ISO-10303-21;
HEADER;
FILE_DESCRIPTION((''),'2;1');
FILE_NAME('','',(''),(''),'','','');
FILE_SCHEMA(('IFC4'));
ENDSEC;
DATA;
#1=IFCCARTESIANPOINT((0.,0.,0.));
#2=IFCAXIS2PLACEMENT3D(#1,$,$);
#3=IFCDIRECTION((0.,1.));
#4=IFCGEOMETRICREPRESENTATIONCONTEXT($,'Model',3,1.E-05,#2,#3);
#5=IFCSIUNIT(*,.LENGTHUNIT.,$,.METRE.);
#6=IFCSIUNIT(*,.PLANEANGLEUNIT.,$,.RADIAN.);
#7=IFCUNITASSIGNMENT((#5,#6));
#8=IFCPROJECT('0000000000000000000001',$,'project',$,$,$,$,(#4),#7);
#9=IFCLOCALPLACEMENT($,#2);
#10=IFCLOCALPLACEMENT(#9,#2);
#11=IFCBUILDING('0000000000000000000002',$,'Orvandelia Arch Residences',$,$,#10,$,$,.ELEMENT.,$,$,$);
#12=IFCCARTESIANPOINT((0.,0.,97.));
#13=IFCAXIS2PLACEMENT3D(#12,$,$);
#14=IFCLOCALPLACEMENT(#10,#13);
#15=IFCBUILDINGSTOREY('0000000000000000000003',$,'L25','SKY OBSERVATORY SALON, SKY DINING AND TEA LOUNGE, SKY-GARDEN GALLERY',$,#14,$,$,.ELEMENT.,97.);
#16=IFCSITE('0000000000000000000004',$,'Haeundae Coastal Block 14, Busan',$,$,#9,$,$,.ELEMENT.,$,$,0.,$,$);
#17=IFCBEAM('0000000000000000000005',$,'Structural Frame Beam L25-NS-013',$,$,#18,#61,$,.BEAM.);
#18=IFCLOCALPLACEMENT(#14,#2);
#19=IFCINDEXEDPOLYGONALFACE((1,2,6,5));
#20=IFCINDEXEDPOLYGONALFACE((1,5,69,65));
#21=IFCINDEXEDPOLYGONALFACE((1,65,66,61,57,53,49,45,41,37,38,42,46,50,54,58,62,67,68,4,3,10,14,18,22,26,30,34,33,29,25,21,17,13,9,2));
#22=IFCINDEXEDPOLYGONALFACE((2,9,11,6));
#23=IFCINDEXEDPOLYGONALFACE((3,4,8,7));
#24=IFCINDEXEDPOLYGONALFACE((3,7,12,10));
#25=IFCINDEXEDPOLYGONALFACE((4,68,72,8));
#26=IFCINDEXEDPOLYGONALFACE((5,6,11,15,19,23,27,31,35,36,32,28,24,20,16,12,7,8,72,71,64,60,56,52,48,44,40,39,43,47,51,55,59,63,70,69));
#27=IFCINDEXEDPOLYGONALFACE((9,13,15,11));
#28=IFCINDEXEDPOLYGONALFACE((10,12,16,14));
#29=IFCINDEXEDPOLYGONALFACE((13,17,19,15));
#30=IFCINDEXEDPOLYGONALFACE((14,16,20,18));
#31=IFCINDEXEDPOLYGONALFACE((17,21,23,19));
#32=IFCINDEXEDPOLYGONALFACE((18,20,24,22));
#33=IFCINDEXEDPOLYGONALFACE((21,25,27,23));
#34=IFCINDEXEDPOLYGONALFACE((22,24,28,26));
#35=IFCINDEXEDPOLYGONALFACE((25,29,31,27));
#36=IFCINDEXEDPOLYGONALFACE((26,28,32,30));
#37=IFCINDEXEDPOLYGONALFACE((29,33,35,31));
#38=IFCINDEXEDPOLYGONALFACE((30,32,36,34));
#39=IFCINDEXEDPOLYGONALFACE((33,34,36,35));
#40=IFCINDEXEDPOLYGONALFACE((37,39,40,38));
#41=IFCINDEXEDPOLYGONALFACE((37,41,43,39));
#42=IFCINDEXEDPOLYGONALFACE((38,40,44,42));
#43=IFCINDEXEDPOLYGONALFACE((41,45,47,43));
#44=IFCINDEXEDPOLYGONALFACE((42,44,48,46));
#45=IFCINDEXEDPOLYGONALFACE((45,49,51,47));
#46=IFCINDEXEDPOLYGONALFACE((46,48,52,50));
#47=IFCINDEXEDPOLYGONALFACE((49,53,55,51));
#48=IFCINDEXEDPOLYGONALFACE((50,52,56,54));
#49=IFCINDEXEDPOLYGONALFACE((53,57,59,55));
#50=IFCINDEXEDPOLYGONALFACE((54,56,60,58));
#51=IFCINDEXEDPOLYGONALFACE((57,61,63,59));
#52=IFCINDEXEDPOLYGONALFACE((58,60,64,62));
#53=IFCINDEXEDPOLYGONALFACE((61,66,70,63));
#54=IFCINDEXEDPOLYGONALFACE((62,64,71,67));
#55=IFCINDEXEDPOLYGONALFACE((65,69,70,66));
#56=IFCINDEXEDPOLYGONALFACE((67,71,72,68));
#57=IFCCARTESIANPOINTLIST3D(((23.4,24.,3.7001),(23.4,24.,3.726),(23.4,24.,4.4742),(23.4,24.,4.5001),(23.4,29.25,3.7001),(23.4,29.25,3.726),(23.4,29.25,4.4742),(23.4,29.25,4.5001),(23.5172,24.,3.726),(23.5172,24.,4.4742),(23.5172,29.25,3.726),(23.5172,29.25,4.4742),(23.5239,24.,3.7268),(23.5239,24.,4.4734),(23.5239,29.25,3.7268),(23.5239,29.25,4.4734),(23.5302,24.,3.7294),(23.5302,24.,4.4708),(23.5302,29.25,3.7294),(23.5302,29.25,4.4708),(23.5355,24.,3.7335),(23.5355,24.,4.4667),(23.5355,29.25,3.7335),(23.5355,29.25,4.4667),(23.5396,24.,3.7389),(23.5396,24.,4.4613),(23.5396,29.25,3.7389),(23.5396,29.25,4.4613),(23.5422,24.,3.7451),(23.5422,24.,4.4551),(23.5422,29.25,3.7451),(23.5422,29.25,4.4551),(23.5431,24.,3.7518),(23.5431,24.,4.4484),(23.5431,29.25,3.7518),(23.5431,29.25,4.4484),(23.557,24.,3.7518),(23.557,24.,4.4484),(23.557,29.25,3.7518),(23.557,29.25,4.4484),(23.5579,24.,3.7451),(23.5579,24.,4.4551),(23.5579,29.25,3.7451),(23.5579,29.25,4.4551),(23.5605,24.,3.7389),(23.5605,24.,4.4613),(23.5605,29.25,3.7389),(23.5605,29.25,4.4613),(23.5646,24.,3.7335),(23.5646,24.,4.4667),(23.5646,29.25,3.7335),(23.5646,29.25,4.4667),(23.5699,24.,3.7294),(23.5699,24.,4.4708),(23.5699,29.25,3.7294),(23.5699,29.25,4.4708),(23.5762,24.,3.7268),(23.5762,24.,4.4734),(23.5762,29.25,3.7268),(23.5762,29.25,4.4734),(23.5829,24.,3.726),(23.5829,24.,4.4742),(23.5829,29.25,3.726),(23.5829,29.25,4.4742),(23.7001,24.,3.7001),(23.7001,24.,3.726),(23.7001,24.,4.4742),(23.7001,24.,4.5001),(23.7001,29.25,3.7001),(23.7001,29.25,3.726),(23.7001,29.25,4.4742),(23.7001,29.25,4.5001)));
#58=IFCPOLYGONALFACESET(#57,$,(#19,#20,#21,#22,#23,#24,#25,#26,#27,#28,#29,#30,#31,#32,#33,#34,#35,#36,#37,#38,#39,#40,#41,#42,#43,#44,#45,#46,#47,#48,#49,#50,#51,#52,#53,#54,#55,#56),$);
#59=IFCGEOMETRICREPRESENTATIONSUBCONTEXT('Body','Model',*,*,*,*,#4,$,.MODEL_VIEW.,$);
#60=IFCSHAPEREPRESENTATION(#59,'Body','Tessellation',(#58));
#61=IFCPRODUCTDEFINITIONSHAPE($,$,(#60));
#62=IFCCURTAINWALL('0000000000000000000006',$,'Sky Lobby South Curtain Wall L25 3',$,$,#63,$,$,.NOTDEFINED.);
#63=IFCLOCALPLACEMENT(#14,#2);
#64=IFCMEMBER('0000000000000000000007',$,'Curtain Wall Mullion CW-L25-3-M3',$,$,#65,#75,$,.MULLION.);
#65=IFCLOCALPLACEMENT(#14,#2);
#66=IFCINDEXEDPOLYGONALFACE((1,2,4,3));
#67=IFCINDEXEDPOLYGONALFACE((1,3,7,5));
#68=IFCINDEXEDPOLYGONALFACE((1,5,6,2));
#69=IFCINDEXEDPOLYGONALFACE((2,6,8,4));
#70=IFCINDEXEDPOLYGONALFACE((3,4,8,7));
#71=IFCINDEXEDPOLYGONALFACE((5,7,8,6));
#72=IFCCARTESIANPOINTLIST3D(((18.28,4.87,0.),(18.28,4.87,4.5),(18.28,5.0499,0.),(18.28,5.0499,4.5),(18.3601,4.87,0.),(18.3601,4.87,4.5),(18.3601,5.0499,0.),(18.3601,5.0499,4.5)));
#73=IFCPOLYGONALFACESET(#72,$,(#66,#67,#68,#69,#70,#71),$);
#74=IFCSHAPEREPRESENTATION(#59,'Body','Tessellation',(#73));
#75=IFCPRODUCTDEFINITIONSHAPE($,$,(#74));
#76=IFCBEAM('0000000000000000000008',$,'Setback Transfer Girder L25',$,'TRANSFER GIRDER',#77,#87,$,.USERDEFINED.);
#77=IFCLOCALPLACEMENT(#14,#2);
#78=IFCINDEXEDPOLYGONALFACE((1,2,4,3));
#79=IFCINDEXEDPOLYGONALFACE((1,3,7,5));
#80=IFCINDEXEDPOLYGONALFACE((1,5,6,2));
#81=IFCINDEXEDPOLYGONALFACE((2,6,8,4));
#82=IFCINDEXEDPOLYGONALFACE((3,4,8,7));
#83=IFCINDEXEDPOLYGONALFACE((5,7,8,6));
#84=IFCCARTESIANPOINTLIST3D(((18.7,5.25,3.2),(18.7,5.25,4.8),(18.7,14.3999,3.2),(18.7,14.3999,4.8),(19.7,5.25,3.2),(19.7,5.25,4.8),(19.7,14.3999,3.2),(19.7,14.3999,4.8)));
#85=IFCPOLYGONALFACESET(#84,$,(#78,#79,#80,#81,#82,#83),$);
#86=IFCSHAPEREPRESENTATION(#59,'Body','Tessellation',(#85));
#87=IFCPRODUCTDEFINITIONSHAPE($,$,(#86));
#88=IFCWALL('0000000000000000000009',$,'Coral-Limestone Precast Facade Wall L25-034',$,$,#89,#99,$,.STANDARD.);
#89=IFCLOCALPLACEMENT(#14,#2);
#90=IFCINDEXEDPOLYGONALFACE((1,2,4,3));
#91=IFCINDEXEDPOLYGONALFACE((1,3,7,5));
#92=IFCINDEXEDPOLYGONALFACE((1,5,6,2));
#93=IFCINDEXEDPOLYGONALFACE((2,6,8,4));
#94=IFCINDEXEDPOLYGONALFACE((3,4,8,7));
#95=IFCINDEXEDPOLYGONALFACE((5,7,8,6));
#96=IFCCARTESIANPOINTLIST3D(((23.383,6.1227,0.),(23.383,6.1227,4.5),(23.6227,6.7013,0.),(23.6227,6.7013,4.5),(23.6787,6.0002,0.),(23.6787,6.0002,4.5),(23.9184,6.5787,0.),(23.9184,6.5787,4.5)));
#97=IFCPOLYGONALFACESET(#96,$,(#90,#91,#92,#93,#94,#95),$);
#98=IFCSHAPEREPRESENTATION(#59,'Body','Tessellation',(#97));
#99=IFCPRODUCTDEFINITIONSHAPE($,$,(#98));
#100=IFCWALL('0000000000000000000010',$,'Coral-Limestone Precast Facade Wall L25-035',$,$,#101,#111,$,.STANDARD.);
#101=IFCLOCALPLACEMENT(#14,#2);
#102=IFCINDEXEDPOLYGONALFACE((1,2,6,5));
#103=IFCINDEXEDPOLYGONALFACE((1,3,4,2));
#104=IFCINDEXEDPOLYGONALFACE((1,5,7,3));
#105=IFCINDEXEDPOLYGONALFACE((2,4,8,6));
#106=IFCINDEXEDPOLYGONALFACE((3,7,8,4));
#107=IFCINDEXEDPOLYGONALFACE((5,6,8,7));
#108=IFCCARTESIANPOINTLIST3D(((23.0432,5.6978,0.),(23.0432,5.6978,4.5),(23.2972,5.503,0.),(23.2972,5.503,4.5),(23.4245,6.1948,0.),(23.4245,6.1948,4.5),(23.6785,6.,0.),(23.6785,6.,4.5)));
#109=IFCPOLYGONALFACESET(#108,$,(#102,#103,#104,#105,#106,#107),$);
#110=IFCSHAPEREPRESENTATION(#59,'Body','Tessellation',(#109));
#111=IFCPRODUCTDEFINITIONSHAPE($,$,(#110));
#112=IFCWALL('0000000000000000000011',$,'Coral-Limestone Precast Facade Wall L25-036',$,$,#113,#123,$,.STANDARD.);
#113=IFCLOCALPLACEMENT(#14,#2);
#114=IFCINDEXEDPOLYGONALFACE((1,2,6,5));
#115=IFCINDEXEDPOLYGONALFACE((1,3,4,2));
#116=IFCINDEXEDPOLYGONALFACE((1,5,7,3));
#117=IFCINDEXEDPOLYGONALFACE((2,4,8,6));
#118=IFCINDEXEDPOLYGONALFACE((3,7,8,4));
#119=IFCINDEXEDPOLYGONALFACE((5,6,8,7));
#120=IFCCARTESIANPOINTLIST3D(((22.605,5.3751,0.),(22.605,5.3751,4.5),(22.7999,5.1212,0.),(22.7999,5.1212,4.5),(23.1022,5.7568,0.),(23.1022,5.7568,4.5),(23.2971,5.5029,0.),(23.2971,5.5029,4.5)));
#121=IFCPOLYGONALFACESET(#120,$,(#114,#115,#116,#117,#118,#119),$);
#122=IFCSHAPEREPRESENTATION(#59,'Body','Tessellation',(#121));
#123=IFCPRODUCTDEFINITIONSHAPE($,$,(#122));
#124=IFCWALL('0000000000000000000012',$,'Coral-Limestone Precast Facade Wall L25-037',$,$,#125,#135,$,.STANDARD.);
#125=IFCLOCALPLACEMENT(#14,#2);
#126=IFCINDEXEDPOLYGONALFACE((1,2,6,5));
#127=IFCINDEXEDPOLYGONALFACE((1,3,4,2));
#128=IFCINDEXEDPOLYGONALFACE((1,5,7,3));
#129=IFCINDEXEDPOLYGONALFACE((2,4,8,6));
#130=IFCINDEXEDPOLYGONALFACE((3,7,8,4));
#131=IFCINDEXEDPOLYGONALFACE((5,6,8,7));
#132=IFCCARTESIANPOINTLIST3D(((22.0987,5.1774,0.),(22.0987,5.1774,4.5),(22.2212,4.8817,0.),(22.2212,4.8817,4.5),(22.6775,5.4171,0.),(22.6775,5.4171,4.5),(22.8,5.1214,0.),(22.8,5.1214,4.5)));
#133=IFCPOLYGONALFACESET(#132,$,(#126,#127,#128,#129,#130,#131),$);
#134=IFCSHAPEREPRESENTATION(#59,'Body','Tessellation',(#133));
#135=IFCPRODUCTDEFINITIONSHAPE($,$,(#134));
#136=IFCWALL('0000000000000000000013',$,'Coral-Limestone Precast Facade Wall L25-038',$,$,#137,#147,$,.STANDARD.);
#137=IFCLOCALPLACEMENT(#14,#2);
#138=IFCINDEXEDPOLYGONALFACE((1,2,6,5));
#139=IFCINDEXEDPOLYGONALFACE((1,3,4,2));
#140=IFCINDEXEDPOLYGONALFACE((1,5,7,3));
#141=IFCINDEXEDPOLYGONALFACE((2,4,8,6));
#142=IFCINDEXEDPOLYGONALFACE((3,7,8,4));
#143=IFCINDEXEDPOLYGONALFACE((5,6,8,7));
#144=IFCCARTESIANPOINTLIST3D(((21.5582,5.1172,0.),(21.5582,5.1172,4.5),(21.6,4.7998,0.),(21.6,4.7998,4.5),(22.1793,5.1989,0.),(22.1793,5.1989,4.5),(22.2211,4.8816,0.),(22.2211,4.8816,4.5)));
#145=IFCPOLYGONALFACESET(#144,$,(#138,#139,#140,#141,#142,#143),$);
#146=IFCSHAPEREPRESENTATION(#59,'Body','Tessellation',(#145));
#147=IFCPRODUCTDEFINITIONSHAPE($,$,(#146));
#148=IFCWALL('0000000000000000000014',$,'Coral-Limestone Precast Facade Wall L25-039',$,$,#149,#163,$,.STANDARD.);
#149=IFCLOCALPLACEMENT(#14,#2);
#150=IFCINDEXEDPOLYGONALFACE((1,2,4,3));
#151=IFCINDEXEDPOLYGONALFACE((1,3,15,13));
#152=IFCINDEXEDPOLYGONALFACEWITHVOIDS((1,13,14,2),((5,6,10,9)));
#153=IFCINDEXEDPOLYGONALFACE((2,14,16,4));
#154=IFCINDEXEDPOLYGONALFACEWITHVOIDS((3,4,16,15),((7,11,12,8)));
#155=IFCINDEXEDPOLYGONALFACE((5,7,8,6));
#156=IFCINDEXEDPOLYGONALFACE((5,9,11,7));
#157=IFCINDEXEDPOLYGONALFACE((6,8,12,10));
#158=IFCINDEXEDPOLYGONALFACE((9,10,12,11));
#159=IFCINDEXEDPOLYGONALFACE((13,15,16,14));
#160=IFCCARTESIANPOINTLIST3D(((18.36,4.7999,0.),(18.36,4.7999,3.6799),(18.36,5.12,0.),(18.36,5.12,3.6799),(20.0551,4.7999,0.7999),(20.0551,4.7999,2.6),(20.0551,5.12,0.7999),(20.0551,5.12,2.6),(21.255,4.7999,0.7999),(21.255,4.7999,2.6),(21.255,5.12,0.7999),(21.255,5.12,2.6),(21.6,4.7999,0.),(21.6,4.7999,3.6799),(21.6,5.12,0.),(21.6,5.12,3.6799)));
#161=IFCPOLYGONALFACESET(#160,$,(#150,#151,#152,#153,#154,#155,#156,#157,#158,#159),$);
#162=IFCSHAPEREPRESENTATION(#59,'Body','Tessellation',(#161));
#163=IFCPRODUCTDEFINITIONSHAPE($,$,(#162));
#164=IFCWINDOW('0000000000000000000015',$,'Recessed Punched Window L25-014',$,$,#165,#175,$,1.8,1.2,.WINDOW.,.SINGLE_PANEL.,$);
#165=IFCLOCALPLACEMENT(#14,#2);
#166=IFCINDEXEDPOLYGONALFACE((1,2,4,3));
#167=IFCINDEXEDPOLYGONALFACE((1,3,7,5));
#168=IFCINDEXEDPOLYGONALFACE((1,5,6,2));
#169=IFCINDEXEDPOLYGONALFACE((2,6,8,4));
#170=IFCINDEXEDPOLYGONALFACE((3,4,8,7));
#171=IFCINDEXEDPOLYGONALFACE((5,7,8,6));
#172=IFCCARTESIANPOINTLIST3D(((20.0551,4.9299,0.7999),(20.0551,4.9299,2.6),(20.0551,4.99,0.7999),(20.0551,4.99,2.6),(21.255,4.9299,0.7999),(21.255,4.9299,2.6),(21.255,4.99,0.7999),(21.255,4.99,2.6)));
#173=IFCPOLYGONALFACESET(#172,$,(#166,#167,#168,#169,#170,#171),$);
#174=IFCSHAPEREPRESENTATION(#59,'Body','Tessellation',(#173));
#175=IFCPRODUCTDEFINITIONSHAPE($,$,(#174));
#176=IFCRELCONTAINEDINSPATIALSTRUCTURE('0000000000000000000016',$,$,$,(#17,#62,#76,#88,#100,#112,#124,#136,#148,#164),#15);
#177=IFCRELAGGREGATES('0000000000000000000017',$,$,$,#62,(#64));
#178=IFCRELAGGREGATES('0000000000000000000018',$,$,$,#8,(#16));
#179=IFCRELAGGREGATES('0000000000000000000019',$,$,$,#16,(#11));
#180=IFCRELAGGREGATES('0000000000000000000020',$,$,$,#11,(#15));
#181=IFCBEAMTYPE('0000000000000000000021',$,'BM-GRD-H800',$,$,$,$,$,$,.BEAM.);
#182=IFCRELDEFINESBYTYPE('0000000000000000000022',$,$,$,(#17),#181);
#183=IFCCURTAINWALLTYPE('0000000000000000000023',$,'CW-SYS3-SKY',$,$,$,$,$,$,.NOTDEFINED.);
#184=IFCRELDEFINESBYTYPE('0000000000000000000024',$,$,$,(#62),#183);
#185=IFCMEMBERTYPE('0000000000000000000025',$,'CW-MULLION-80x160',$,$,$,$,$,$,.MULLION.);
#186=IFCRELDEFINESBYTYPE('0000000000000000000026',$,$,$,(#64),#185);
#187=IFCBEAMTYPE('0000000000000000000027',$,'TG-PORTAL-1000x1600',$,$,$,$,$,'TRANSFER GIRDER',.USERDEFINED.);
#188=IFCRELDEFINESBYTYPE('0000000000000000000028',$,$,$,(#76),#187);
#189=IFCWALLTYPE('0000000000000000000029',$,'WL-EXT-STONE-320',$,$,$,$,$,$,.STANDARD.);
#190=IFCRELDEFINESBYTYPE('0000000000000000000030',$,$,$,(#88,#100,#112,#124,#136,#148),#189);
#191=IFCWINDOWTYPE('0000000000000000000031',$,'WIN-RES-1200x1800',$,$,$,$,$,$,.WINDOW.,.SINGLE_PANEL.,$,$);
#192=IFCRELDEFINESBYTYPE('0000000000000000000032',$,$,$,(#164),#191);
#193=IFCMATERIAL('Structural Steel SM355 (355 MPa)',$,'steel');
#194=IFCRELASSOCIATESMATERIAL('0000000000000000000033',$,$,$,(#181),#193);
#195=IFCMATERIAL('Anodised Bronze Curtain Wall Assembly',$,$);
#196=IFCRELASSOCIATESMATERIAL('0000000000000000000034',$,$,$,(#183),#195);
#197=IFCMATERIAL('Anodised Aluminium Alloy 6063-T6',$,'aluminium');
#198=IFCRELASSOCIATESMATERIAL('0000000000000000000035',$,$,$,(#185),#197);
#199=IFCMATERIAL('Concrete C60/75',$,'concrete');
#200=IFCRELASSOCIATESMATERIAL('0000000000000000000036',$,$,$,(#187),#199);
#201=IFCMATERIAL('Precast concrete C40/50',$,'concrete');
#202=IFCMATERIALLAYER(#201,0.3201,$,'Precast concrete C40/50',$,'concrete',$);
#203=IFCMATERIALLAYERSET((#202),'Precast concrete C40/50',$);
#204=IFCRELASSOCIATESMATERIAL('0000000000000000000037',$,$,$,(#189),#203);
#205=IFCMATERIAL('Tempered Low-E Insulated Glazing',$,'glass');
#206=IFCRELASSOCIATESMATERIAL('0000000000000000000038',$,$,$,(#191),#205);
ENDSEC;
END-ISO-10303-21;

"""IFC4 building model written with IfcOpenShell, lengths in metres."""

from ifc_helpers import new_model, si_unit, direction, frame, frame_2d, origin, origin_2d, place, context, subcontext, project, spatial, rectangle, i_section, extrude, material, layer, layer_set, material_profile, profile_set, type_object, element, fill, aggregate, save


model = new_model("IFC4")

# Units and contexts
model_context = context("Model", 3, precision=1e-05, world=origin(), true_north=direction((0.0, 1.0)))
body_context = subcontext(model_context, "Body", "Model", "MODEL_VIEW")
ifc_project = project(units=[si_unit("LENGTHUNIT", "METRE"), si_unit("PLANEANGLEUNIT", "RADIAN")], contexts=[model_context])

# Site, building, storey
site_placement = place(None, origin())
site = spatial("IfcSite", under=ifc_project, at=site_placement, Name="Haeundae Coastal Block 14, Busan", CompositionType="ELEMENT", RefElevation=0.0)
building_placement = place(site_placement, origin())
building = spatial("IfcBuilding", under=site, at=building_placement, Name="Orvandelia Arch Residences", CompositionType="ELEMENT")
storey_placement = place(building_placement, frame((0.0, 0.0, 97.0)))
storey = spatial("IfcBuildingStorey", under=building, at=storey_placement, Name="L25", Description="SKY OBSERVATORY SALON, SKY DINING AND TEA LOUNGE, SKY-GARDEN GALLERY", CompositionType="ELEMENT", Elevation=97.0)

# Beam
ifc_material_1 = material(Name="Structural Steel SM355 (355 MPa)", Category="steel")
ifc_material_profile_1 = material_profile(ifc_material_1, i_section(OverallWidth=0.3, OverallDepth=0.8, WebThickness=0.0139, FlangeThickness=0.0259, FilletRadius=0.0259, at=origin_2d()), Name="Structural Steel SM355 (355 MPa)", Category="steel")
ifc_profile_set_1 = profile_set([ifc_material_profile_1], Name="Structural Steel SM355 (355 MPa)")
beam_type_1 = type_object("IfcBeamType", Name="BM-GRD-H800", PredefinedType="BEAM", material=ifc_profile_set_1)
beam_1_placement = place(storey_placement, frame((23.55, 24.0, 4.1001), z_axis=(0.0, 1.0, 0.0), x_axis=(-1.0, 0.0, 0.0)))
element("IfcBeam", 1, at=beam_1_placement, inside=storey, type_object=beam_type_1, Name="Structural Frame Beam L25-NS-013", PredefinedType="BEAM", context=body_context, shape_type="SweptSolid", body=[
    extrude(i_section(OverallWidth=0.3, OverallDepth=0.8, WebThickness=0.0139, FlangeThickness=0.0259, FilletRadius=0.0259, at=origin_2d()), origin(), (0.0, 0.0, 1.0), 5.25),
])

# Curtain wall, member
ifc_material_2 = material(Name="Anodised Bronze Curtain Wall Assembly")
curtain_wall_type = type_object("IfcCurtainWallType", Name="CW-SYS3-SKY", PredefinedType="NOTDEFINED", material=ifc_material_2)
curtain_wall_placement = place(storey_placement, origin())
curtain_wall = element("IfcCurtainWall", 2, at=curtain_wall_placement, inside=storey, type_object=curtain_wall_type, Name="Sky Lobby South Curtain Wall L25 3", PredefinedType="NOTDEFINED")
ifc_material_3 = material(Name="Anodised Aluminium Alloy 6063-T6", Category="aluminium")
ifc_material_profile_2 = material_profile(ifc_material_3, rectangle(XDim=0.0801, YDim=0.1799, at=origin_2d()), Name="Anodised Aluminium Alloy 6063-T6", Category="aluminium")
ifc_profile_set_2 = profile_set([ifc_material_profile_2], Name="Anodised Aluminium Alloy 6063-T6")
member_type = type_object("IfcMemberType", Name="CW-MULLION-80x160", PredefinedType="MULLION", material=ifc_profile_set_2)
member_placement = place(storey_placement, frame((18.3201, 4.96, 0.0), z_axis=(0.0, 0.0, 1.0), x_axis=(1.0, 0.0, 0.0)))
member = element("IfcMember", 3, at=member_placement, type_object=member_type, Name="Curtain Wall Mullion CW-L25-3-M3", PredefinedType="MULLION", context=body_context, shape_type="SweptSolid", body=[
    extrude(rectangle(XDim=0.0801, YDim=0.1799, at=origin_2d()), origin(), (0.0, 0.0, 1.0), 4.5),
])
aggregate(curtain_wall, [member])

# Beam
ifc_material_4 = material(Name="Concrete C60/75", Category="concrete")
ifc_material_profile_3 = material_profile(ifc_material_4, rectangle(XDim=1.0, YDim=1.6001, at=origin_2d()), Name="Concrete C60/75", Category="concrete")
ifc_profile_set_3 = profile_set([ifc_material_profile_3], Name="Concrete C60/75")
beam_type_2 = type_object("IfcBeamType", Name="TG-PORTAL-1000x1600", ElementType="TRANSFER GIRDER", PredefinedType="USERDEFINED", material=ifc_profile_set_3)
beam_2_placement = place(storey_placement, frame((19.2, 5.25, 4.0), z_axis=(0.0, 1.0, 0.0), x_axis=(-1.0, 0.0, 0.0)))
element("IfcBeam", 4, at=beam_2_placement, inside=storey, type_object=beam_type_2, Name="Setback Transfer Girder L25", ObjectType="TRANSFER GIRDER", PredefinedType="USERDEFINED", context=body_context, shape_type="SweptSolid", body=[
    extrude(rectangle(XDim=1.0, YDim=1.6001, at=origin_2d()), origin(), (0.0, 0.0, 1.0), 9.1499),
])

# Walls
ifc_material_5 = material(Name="Precast concrete C40/50", Category="concrete")
ifc_layer_1 = layer(ifc_material_5, 0.3201, Name="Precast concrete C40/50", Category="concrete")
ifc_layer_set_1 = layer_set([ifc_layer_1], Name="Precast concrete C40/50")
wall_type_1 = type_object("IfcWallType", Name="WL-EXT-STONE-320", PredefinedType="STANDARD", material=ifc_layer_set_1)
wall_1_placement = place(storey_placement, frame((23.7705, 6.6399, 0.0), z_axis=(0.0, 0.0, 1.0), x_axis=(-0.382788, -0.923836, 0.0)))
element("IfcWall", 5, at=wall_1_placement, inside=storey, type_object=wall_type_1, Name="Coral-Limestone Precast Facade Wall L25-034", PredefinedType="STANDARD", context=body_context, shape_type="SweptSolid", body=[
    extrude(rectangle(XDim=0.6262, YDim=0.3201, at=frame_2d((0.313, 0.0))), origin(), (0.0, 0.0, 1.0), 4.5),
])
wall_2_placement = place(storey_placement, frame((23.5515, 6.0974, 0.0), z_axis=(0.0, 0.0, 1.0), x_axis=(-0.608693, -0.793406, 0.0)))
element("IfcWall", 6, at=wall_2_placement, inside=storey, type_object=wall_type_1, Name="Coral-Limestone Precast Facade Wall L25-035", PredefinedType="STANDARD", context=body_context, shape_type="SweptSolid", body=[
    extrude(rectangle(XDim=0.6265, YDim=0.3201, at=frame_2d((0.3132, 0.0))), origin(), (0.0, 0.0, 1.0), 4.5),
])
wall_3_placement = place(storey_placement, frame((23.1997, 5.6299, 0.0), z_axis=(0.0, 0.0, 1.0), x_axis=(-0.793217, -0.608939, 0.0)))
element("IfcWall", 7, at=wall_3_placement, inside=storey, type_object=wall_type_1, Name="Coral-Limestone Precast Facade Wall L25-036", PredefinedType="STANDARD", context=body_context, shape_type="SweptSolid", body=[
    extrude(rectangle(XDim=0.6267, YDim=0.3201, at=frame_2d((0.3135, 0.0))), origin(), (0.0, 0.0, 1.0), 4.5),
])
for number, where, z_axis, x_axis, name in (
    (8, (22.7388, 5.2693, 0.0), (0.0, 0.0, 1.0), (-0.923893, -0.38265, 0.0), "Coral-Limestone Precast Facade Wall L25-037"),
    (9, (22.2002, 5.0403, 0.0), (0.0, 0.0, 1.0), (-0.991441, -0.130555, 0.0), "Coral-Limestone Precast Facade Wall L25-038"),
):
    element("IfcWall", number, at=place(storey_placement, frame(where, z_axis=z_axis, x_axis=x_axis)), inside=storey, type_object=wall_type_1, Name=name, PredefinedType="STANDARD", context=body_context, shape_type="SweptSolid", body=[
        extrude(rectangle(XDim=0.6265, YDim=0.3201, at=frame_2d((0.3132, 0.0))), origin(), (0.0, 0.0, 1.0), 4.5),
    ])

# Wall, opening, window
wall_4_placement = place(storey_placement, frame((21.6001, 4.96, 0.0), z_axis=(0.0, 0.0, 1.0), x_axis=(-1.0, 0.0, 0.0)))
wall_4 = element("IfcWall", 10, at=wall_4_placement, inside=storey, type_object=wall_type_1, Name="Coral-Limestone Precast Facade Wall L25-039", PredefinedType="STANDARD", context=body_context, shape_type="SweptSolid", body=[
    extrude(rectangle(XDim=3.24, YDim=0.3201, at=frame_2d((1.6201, 0.0))), origin(), (0.0, 0.0, 1.0), 3.6799),
])
opening_1_placement = place(wall_4_placement, frame((0.345, 0.0, 0.8)))
opening_1 = element("IfcOpeningElement", 11, at=opening_1_placement, cuts=wall_4, PredefinedType="OPENING", context=body_context, shape_type="SweptSolid", body=[
    extrude(rectangle(XDim=1.2, YDim=1.8, at=frame_2d((0.6001, 0.8999))), frame((0.0, 0.1699, 0.0), z_axis=(0.0, -1.0, 0.0), x_axis=(1.0, 0.0, 0.0)), (0.0, 0.0, 1.0), 0.3401),
])
ifc_material_6 = material(Name="Tempered Low-E Insulated Glazing", Category="glass")
window_type = type_object("IfcWindowType", Name="WIN-RES-1200x1800", PartitioningType="SINGLE_PANEL", PredefinedType="WINDOW", material=ifc_material_6)
window_placement = place(opening_1_placement, origin())
window = element("IfcWindow", 12, at=window_placement, inside=storey, type_object=window_type, Name="Recessed Punched Window L25-014", OverallHeight=1.8, OverallWidth=1.2, PartitioningType="SINGLE_PANEL", PredefinedType="WINDOW", context=body_context, shape_type="SweptSolid", body=[
    extrude(rectangle(XDim=1.2, YDim=1.8, at=frame_2d((0.6001, 0.8999))), frame((0.0, 0.03, 0.0), z_axis=(0.0, -1.0, 0.0), x_axis=(1.0, 0.0, 0.0)), (0.0, 0.0, 1.0), 0.0601),
])
fill(opening_1, window)

save(model, "model.ifc")
